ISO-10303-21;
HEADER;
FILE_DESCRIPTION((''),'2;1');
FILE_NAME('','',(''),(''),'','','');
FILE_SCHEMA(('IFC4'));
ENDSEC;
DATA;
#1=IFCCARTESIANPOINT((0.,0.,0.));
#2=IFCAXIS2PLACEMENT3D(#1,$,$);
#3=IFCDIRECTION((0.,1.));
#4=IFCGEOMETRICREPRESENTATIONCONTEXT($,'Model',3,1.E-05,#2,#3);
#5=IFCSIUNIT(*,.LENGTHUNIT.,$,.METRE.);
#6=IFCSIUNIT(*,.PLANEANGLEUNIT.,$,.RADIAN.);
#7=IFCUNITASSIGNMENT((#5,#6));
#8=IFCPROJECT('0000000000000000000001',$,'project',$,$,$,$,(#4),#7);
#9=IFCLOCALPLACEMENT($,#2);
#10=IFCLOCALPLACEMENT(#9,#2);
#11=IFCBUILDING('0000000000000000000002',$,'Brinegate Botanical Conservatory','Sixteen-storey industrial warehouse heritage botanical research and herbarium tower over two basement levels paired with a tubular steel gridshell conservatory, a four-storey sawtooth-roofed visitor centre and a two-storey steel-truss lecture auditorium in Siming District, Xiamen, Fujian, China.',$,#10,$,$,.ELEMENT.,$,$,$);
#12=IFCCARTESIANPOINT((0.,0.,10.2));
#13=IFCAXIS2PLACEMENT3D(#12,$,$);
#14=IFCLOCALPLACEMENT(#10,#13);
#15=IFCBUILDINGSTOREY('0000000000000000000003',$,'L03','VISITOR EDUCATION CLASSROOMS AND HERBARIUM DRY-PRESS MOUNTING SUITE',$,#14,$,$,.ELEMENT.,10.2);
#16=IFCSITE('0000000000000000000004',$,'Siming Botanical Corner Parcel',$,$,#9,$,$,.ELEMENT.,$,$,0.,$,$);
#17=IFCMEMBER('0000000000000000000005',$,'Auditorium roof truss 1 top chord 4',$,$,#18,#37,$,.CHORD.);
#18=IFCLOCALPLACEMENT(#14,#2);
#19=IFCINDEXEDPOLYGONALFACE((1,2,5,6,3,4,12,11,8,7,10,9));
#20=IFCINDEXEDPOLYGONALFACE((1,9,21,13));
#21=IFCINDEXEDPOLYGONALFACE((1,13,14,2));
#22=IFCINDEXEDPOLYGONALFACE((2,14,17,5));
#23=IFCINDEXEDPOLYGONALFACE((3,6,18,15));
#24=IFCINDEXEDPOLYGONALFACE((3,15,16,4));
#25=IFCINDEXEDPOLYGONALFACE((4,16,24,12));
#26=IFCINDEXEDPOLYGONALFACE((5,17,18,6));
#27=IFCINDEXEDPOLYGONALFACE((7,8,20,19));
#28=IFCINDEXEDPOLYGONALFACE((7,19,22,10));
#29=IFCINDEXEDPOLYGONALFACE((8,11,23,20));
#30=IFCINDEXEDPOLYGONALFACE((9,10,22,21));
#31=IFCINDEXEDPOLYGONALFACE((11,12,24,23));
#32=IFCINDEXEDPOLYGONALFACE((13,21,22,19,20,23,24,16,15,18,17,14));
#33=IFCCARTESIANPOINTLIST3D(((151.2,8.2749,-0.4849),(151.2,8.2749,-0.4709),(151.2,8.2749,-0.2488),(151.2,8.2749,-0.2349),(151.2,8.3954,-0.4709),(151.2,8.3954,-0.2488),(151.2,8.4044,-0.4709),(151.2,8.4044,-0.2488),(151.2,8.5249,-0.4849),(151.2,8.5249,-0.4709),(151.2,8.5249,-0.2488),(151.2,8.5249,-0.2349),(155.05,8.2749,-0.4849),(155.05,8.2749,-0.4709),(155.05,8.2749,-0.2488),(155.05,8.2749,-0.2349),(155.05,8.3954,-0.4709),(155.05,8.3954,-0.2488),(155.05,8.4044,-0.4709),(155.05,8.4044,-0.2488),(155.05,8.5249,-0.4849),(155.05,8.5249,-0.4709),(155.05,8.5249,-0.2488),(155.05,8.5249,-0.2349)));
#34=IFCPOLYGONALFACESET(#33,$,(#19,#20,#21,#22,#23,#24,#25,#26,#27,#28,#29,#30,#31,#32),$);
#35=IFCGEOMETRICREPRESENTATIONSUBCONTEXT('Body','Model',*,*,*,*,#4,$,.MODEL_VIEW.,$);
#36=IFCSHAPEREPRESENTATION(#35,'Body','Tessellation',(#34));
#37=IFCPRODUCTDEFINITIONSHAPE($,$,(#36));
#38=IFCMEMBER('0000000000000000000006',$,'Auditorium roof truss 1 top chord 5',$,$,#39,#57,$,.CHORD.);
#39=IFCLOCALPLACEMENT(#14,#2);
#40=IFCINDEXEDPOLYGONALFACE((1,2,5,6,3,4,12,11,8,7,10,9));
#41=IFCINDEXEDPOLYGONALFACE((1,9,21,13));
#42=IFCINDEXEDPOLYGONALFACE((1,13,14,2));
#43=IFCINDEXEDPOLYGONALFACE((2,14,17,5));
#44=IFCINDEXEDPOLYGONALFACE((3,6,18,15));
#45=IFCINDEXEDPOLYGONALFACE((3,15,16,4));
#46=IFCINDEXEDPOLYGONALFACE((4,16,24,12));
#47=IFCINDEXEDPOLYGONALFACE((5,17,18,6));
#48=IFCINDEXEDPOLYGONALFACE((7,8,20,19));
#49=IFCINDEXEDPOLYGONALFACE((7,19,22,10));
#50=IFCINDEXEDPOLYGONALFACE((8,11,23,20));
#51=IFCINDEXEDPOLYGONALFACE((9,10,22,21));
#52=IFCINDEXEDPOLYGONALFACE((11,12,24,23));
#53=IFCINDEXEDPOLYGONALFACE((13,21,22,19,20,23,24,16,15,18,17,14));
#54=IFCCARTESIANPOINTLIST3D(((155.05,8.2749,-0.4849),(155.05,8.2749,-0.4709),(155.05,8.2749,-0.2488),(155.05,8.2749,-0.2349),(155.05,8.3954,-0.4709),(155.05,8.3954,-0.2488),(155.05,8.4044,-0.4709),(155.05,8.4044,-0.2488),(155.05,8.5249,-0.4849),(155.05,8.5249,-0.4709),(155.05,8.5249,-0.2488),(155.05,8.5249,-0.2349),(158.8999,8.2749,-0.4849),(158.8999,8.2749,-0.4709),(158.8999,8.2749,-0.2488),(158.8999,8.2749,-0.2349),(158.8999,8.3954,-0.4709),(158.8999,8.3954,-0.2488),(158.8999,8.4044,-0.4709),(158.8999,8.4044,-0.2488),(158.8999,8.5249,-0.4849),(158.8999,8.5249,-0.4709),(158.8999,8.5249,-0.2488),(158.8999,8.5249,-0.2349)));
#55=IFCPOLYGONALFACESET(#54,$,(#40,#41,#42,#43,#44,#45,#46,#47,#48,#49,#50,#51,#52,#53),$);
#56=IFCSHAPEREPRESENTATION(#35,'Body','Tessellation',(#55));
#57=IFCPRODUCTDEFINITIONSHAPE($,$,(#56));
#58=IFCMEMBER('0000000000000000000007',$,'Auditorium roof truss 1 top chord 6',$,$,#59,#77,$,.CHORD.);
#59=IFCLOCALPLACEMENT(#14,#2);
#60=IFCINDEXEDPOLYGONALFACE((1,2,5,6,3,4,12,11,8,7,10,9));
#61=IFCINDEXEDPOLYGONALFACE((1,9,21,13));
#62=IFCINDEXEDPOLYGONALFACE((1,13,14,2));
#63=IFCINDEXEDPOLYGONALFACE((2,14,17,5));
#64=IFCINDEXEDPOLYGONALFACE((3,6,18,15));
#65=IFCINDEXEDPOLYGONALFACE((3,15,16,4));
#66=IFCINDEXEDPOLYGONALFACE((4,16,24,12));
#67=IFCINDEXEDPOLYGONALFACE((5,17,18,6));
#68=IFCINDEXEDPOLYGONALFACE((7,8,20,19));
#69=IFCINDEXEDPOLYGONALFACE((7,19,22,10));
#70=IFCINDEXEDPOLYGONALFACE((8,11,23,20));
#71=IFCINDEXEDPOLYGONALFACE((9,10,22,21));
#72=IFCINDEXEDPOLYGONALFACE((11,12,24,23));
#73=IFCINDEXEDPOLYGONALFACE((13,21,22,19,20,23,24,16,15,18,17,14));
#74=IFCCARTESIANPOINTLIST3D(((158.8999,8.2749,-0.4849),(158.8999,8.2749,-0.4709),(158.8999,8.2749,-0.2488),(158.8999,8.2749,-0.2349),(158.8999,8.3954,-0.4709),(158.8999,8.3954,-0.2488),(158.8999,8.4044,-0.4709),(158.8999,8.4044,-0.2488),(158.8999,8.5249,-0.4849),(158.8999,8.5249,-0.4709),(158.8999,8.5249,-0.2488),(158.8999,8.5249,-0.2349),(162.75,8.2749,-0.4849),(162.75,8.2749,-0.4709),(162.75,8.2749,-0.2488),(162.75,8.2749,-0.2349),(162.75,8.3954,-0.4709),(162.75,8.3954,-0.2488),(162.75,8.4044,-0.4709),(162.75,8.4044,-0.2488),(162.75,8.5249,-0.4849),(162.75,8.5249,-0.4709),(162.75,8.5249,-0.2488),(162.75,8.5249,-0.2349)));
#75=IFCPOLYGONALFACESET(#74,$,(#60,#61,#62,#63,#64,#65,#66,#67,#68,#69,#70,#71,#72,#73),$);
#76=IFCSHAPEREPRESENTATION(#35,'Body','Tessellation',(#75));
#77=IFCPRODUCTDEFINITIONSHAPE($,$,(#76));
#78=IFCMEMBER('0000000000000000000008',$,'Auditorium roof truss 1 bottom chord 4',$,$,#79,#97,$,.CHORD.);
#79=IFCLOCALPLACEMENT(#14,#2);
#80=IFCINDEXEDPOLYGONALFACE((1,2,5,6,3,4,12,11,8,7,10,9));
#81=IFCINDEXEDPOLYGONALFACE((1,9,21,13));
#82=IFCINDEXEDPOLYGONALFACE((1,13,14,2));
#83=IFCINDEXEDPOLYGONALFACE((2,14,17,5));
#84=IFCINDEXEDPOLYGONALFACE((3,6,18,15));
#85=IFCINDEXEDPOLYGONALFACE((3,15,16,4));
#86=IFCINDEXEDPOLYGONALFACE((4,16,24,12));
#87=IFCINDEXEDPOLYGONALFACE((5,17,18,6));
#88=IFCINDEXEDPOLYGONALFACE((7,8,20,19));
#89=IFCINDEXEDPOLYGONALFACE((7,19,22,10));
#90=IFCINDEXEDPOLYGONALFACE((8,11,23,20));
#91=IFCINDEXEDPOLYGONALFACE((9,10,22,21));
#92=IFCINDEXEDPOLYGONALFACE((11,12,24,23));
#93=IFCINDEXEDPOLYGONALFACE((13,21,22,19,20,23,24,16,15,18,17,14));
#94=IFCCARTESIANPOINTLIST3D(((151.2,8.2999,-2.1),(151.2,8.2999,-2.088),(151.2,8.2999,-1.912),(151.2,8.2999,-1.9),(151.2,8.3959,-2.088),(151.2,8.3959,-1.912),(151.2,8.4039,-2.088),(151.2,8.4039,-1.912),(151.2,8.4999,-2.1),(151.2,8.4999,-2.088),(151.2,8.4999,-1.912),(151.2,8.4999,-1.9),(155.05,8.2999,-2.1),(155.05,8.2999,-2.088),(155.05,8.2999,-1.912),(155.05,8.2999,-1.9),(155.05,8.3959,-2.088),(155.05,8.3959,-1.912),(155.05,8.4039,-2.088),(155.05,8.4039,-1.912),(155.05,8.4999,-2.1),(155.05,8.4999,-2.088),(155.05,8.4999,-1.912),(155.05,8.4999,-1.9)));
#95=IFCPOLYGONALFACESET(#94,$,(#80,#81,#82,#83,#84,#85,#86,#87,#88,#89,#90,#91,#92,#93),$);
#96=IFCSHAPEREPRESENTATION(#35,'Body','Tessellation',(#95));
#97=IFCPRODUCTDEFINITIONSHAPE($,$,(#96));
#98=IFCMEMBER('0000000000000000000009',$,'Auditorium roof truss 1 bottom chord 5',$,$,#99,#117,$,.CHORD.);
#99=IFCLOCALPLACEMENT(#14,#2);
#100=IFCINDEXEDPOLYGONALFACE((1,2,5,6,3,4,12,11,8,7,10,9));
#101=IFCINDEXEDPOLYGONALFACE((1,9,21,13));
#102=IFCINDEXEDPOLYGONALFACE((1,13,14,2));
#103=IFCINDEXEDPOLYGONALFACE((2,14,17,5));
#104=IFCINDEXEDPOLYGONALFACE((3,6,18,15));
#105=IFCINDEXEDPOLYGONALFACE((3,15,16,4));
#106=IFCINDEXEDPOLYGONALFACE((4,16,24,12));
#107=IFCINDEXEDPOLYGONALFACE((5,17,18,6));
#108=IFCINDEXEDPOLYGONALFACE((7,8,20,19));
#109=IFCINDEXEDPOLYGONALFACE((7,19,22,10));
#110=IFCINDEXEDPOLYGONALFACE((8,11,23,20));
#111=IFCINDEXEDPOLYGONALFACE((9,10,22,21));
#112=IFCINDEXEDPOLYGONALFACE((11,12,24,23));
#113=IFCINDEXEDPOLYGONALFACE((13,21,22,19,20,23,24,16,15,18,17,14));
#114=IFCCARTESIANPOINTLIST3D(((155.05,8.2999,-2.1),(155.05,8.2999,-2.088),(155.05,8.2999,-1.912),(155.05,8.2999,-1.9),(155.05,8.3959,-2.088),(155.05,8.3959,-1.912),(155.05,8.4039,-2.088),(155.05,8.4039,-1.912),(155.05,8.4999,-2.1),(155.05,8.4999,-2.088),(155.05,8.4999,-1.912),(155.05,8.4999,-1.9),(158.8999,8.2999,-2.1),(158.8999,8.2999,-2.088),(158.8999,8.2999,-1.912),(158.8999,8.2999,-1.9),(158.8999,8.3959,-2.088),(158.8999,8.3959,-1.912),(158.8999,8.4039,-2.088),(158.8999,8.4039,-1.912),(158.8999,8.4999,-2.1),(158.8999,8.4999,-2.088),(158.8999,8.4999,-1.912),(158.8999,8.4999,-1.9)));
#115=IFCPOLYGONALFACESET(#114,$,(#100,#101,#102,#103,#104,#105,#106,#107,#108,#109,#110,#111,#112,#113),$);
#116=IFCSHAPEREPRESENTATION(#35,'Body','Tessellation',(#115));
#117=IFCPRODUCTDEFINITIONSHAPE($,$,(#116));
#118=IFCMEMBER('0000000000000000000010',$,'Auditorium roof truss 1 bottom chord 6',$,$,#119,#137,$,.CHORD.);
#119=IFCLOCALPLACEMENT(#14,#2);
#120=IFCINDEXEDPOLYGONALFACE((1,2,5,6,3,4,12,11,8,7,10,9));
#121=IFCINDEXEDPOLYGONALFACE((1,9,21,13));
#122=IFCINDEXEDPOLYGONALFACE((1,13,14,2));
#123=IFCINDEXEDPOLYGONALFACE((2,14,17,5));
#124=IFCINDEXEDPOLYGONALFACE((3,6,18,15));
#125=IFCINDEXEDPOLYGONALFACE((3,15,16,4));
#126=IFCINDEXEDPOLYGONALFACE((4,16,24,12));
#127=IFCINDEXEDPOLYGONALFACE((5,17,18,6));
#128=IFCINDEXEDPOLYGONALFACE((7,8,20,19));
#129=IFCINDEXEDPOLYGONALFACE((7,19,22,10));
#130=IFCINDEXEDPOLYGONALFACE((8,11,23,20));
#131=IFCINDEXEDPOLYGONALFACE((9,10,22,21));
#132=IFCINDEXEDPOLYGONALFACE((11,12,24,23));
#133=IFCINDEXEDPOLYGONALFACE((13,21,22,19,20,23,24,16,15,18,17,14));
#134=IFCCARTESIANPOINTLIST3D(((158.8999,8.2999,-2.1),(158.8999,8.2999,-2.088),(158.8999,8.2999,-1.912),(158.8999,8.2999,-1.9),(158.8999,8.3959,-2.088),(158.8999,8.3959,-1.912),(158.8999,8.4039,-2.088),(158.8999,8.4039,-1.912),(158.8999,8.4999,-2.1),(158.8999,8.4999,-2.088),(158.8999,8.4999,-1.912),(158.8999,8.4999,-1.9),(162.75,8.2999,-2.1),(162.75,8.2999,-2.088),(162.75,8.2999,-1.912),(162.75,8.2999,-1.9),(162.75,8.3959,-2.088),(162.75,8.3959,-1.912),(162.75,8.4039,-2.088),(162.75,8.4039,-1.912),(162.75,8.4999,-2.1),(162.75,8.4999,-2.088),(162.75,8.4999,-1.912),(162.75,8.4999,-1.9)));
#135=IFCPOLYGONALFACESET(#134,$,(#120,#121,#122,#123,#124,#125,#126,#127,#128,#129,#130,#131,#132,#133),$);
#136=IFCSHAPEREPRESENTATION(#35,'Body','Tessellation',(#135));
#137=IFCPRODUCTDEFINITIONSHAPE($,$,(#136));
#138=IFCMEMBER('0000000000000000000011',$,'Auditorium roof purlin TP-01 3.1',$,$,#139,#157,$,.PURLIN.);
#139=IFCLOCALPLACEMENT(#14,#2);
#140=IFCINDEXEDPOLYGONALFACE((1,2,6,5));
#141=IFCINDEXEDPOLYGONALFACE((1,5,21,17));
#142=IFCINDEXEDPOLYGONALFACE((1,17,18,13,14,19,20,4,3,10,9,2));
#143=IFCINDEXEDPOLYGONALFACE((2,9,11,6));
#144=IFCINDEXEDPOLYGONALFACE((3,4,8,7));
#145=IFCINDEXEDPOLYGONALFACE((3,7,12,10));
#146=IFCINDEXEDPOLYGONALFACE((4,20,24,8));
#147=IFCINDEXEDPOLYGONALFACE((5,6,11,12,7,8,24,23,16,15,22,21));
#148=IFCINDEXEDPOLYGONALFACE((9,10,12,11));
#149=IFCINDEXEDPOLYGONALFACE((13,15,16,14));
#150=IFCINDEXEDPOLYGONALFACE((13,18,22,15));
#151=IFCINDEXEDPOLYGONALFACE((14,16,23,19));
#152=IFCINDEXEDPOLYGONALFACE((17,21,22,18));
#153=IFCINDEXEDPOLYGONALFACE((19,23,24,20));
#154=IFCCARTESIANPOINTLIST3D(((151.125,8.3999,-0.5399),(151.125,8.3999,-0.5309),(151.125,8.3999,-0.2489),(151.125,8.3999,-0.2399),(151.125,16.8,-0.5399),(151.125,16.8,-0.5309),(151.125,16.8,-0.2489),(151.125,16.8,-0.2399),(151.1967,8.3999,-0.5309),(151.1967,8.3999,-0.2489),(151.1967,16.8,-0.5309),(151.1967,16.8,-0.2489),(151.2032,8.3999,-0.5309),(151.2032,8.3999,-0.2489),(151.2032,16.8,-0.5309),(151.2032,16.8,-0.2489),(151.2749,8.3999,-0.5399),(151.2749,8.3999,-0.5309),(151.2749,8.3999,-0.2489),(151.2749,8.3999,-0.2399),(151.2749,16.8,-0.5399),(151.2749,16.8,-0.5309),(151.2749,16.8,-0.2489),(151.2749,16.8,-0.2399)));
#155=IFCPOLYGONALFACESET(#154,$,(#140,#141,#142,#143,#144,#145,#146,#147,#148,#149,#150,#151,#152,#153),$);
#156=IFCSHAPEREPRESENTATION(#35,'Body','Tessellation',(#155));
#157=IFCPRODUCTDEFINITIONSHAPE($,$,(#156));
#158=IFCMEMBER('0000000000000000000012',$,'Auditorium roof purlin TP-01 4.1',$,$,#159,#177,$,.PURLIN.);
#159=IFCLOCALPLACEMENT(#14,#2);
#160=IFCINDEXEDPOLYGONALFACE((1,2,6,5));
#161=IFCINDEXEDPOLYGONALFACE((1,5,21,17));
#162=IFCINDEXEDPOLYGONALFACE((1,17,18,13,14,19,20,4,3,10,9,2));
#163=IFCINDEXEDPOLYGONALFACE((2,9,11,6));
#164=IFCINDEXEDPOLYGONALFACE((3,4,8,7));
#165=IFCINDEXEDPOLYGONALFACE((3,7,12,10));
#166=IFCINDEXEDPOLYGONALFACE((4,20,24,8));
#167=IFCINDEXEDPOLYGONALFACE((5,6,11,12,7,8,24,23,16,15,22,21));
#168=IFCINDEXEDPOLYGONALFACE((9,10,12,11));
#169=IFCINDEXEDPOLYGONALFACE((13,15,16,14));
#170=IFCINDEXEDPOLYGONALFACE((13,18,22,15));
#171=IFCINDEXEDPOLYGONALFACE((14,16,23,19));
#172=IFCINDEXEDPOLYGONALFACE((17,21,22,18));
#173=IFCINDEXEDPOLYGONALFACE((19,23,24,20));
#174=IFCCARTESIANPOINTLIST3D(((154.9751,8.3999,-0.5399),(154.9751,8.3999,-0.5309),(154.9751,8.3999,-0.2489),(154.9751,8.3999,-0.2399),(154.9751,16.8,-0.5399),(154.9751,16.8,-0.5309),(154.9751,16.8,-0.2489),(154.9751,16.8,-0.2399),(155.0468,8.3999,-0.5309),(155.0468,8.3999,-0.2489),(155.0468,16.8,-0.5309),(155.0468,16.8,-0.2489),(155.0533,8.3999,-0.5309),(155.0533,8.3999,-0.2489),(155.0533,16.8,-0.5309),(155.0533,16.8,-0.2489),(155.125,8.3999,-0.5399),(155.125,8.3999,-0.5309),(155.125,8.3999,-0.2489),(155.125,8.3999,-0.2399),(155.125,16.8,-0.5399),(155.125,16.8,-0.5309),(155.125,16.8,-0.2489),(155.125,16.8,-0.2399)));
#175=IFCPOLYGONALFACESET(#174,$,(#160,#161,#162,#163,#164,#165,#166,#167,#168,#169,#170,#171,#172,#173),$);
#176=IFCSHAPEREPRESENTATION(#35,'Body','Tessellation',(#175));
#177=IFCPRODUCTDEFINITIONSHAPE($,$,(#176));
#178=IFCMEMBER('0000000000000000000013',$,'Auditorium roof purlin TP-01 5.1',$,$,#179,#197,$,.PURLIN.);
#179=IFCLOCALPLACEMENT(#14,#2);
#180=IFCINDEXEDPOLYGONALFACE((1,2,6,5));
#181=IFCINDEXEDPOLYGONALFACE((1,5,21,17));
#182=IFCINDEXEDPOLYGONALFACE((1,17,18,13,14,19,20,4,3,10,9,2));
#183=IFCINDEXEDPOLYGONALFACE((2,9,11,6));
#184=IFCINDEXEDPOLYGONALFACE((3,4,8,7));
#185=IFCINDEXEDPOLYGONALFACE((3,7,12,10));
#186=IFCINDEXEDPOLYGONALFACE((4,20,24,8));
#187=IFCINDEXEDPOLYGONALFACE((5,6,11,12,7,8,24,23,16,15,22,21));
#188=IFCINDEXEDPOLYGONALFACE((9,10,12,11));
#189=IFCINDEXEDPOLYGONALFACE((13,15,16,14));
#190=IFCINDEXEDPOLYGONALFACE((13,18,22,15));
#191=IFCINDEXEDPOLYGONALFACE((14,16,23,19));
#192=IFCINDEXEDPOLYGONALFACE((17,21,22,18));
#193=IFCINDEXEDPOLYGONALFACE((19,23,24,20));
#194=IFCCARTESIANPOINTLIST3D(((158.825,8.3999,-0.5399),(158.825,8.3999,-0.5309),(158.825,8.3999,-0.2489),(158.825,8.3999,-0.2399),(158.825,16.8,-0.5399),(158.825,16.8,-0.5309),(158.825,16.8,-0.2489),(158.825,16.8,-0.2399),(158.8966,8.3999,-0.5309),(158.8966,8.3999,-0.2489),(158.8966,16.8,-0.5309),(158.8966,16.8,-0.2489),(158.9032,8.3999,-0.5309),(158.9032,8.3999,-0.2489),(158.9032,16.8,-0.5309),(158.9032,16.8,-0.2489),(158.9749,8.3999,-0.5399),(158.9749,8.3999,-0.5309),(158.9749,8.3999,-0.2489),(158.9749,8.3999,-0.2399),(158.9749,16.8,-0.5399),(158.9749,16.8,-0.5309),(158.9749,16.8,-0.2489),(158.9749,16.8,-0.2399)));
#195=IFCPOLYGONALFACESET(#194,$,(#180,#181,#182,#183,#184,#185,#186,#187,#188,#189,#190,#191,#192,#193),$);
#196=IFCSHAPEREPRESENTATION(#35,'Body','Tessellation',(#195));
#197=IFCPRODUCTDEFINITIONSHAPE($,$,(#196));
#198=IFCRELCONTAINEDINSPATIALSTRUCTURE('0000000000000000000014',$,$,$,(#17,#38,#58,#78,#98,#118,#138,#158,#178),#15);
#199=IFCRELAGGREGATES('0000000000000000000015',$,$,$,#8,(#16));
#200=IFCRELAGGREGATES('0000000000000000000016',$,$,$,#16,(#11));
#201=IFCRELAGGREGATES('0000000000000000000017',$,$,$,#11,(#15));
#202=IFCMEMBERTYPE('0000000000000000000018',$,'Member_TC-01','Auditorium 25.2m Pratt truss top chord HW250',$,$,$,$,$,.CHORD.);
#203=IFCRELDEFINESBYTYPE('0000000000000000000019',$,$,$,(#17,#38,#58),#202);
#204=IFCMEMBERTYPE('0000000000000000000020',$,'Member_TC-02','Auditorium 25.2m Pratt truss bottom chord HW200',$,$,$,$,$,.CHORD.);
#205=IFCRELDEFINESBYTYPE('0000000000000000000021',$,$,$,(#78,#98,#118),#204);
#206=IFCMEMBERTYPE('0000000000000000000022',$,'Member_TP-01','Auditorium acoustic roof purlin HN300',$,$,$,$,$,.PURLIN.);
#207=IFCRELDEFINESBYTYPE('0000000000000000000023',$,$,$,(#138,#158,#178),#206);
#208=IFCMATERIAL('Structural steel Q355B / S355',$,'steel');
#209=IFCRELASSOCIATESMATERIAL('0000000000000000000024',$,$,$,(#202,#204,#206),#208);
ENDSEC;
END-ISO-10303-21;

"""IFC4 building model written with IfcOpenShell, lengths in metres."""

from ifc_helpers import new_model, si_unit, direction, frame, origin, origin_2d, place, context, subcontext, project, spatial, i_section, extrude, material, material_profile, profile_set, type_object, element, save


model = new_model("IFC4")

# Units and contexts
model_context = context("Model", 3, precision=1e-05, world=origin(), true_north=direction((0.0, 1.0)))
body_context = subcontext(model_context, "Body", "Model", "MODEL_VIEW")
ifc_project = project(units=[si_unit("LENGTHUNIT", "METRE"), si_unit("PLANEANGLEUNIT", "RADIAN")], contexts=[model_context])

# Site, building, storey
site_placement = place(None, origin())
site = spatial("IfcSite", under=ifc_project, at=site_placement, Name="Siming Botanical Corner Parcel", CompositionType="ELEMENT", RefElevation=0.0)
building_placement = place(site_placement, origin())
building = spatial("IfcBuilding", under=site, at=building_placement, Name="Brinegate Botanical Conservatory", Description="Sixteen-storey industrial warehouse heritage botanical research and herbarium tower over two basement levels paired with a tubular steel gridshell conservatory, a four-storey sawtooth-roofed visitor centre and a two-storey steel-truss lecture auditorium in Siming District, Xiamen, Fujian, China.", CompositionType="ELEMENT")
storey_placement = place(building_placement, frame((0.0, 0.0, 10.2)))
storey = spatial("IfcBuildingStorey", under=building, at=storey_placement, Name="L03", Description="VISITOR EDUCATION CLASSROOMS AND HERBARIUM DRY-PRESS MOUNTING SUITE", CompositionType="ELEMENT", Elevation=10.2)

# Members
ifc_material_1 = material(Name="Structural steel Q355B / S355", Category="steel")
ifc_material_profile_1 = material_profile(ifc_material_1, i_section(OverallWidth=0.25, OverallDepth=0.25, WebThickness=0.009, FlangeThickness=0.0139, at=origin_2d()), Name="HW 250x250x9x14")
ifc_profile_set_1 = profile_set([ifc_material_profile_1], Name="Structural steel Q355B / S355")
member_type_1 = type_object("IfcMemberType", Name="Member_TC-01", Description="Auditorium 25.2m Pratt truss top chord HW250", PredefinedType="CHORD", material=ifc_profile_set_1)
member_1_placement = place(storey_placement, frame((151.2, 8.3999, -0.3599), z_axis=(1.0, 0.0, 0.0), x_axis=(0.0, 1.0, 0.0)))
element("IfcMember", 1, at=member_1_placement, inside=storey, type_object=member_type_1, Name="Auditorium roof truss 1 top chord 4", PredefinedType="CHORD", context=body_context, shape_type="SweptSolid", body=[
    extrude(i_section(OverallWidth=0.25, OverallDepth=0.25, WebThickness=0.009, FlangeThickness=0.0139, at=origin_2d()), origin(), (0.0, 0.0, 1.0), 3.8501),
])
member_2_placement = place(storey_placement, frame((155.05, 8.3999, -0.3599), z_axis=(1.0, 0.0, 0.0), x_axis=(0.0, 1.0, 0.0)))
element("IfcMember", 2, at=member_2_placement, inside=storey, type_object=member_type_1, Name="Auditorium roof truss 1 top chord 5", PredefinedType="CHORD", context=body_context, shape_type="SweptSolid", body=[
    extrude(i_section(OverallWidth=0.25, OverallDepth=0.25, WebThickness=0.009, FlangeThickness=0.0139, at=origin_2d()), origin(), (0.0, 0.0, 1.0), 3.8499),
])
member_3_placement = place(storey_placement, frame((158.8999, 8.3999, -0.3599), z_axis=(1.0, 0.0, 0.0), x_axis=(0.0, 1.0, 0.0)))
element("IfcMember", 3, at=member_3_placement, inside=storey, type_object=member_type_1, Name="Auditorium roof truss 1 top chord 6", PredefinedType="CHORD", context=body_context, shape_type="SweptSolid", body=[
    extrude(i_section(OverallWidth=0.25, OverallDepth=0.25, WebThickness=0.009, FlangeThickness=0.0139, at=origin_2d()), origin(), (0.0, 0.0, 1.0), 3.8501),
])
ifc_material_profile_2 = material_profile(ifc_material_1, i_section(OverallWidth=0.2, OverallDepth=0.2, WebThickness=0.0081, FlangeThickness=0.012, at=origin_2d()), Name="HW 200x200x8x12")
ifc_profile_set_2 = profile_set([ifc_material_profile_2], Name="Structural steel Q355B / S355")
member_type_2 = type_object("IfcMemberType", Name="Member_TC-02", Description="Auditorium 25.2m Pratt truss bottom chord HW200", PredefinedType="CHORD", material=ifc_profile_set_2)
member_4_placement = place(storey_placement, frame((151.2, 8.3999, -2.0), z_axis=(1.0, 0.0, 0.0), x_axis=(0.0, 1.0, 0.0)))
element("IfcMember", 4, at=member_4_placement, inside=storey, type_object=member_type_2, Name="Auditorium roof truss 1 bottom chord 4", PredefinedType="CHORD", context=body_context, shape_type="SweptSolid", body=[
    extrude(i_section(OverallWidth=0.2, OverallDepth=0.2, WebThickness=0.0081, FlangeThickness=0.012, at=origin_2d()), origin(), (0.0, 0.0, 1.0), 3.8501),
])
member_5_placement = place(storey_placement, frame((155.05, 8.3999, -2.0), z_axis=(1.0, 0.0, 0.0), x_axis=(0.0, 1.0, 0.0)))
element("IfcMember", 5, at=member_5_placement, inside=storey, type_object=member_type_2, Name="Auditorium roof truss 1 bottom chord 5", PredefinedType="CHORD", context=body_context, shape_type="SweptSolid", body=[
    extrude(i_section(OverallWidth=0.2, OverallDepth=0.2, WebThickness=0.0081, FlangeThickness=0.012, at=origin_2d()), origin(), (0.0, 0.0, 1.0), 3.8499),
])
member_6_placement = place(storey_placement, frame((158.8999, 8.3999, -2.0), z_axis=(1.0, 0.0, 0.0), x_axis=(0.0, 1.0, 0.0)))
element("IfcMember", 6, at=member_6_placement, inside=storey, type_object=member_type_2, Name="Auditorium roof truss 1 bottom chord 6", PredefinedType="CHORD", context=body_context, shape_type="SweptSolid", body=[
    extrude(i_section(OverallWidth=0.2, OverallDepth=0.2, WebThickness=0.0081, FlangeThickness=0.012, at=origin_2d()), origin(), (0.0, 0.0, 1.0), 3.8501),
])
ifc_material_profile_3 = material_profile(ifc_material_1, i_section(OverallWidth=0.1499, OverallDepth=0.3, WebThickness=0.0066, FlangeThickness=0.009, at=origin_2d()), Name="HN 300x150x6.5x9")
ifc_profile_set_3 = profile_set([ifc_material_profile_3], Name="Structural steel Q355B / S355")
member_type_3 = type_object("IfcMemberType", Name="Member_TP-01", Description="Auditorium acoustic roof purlin HN300", PredefinedType="PURLIN", material=ifc_profile_set_3)
for number, where, z_axis, x_axis, name in (
    (7, (151.2, 8.3999, -0.3899), (0.0, 1.0, 0.0), (-1.0, 0.0, 0.0), "Auditorium roof purlin TP-01 3.1"),
    (8, (155.05, 8.3999, -0.3899), (0.0, 1.0, 0.0), (-1.0, 0.0, 0.0), "Auditorium roof purlin TP-01 4.1"),
    (9, (158.8999, 8.3999, -0.3899), (0.0, 1.0, 0.0), (-1.0, 0.0, 0.0), "Auditorium roof purlin TP-01 5.1"),
):
    element("IfcMember", number, at=place(storey_placement, frame(where, z_axis=z_axis, x_axis=x_axis)), inside=storey, type_object=member_type_3, Name=name, PredefinedType="PURLIN", context=body_context, shape_type="SweptSolid", body=[
        extrude(i_section(OverallWidth=0.1499, OverallDepth=0.3, WebThickness=0.0066, FlangeThickness=0.009, at=origin_2d()), origin(), (0.0, 0.0, 1.0), 8.4001),
    ])

save(model, "model.ifc")
